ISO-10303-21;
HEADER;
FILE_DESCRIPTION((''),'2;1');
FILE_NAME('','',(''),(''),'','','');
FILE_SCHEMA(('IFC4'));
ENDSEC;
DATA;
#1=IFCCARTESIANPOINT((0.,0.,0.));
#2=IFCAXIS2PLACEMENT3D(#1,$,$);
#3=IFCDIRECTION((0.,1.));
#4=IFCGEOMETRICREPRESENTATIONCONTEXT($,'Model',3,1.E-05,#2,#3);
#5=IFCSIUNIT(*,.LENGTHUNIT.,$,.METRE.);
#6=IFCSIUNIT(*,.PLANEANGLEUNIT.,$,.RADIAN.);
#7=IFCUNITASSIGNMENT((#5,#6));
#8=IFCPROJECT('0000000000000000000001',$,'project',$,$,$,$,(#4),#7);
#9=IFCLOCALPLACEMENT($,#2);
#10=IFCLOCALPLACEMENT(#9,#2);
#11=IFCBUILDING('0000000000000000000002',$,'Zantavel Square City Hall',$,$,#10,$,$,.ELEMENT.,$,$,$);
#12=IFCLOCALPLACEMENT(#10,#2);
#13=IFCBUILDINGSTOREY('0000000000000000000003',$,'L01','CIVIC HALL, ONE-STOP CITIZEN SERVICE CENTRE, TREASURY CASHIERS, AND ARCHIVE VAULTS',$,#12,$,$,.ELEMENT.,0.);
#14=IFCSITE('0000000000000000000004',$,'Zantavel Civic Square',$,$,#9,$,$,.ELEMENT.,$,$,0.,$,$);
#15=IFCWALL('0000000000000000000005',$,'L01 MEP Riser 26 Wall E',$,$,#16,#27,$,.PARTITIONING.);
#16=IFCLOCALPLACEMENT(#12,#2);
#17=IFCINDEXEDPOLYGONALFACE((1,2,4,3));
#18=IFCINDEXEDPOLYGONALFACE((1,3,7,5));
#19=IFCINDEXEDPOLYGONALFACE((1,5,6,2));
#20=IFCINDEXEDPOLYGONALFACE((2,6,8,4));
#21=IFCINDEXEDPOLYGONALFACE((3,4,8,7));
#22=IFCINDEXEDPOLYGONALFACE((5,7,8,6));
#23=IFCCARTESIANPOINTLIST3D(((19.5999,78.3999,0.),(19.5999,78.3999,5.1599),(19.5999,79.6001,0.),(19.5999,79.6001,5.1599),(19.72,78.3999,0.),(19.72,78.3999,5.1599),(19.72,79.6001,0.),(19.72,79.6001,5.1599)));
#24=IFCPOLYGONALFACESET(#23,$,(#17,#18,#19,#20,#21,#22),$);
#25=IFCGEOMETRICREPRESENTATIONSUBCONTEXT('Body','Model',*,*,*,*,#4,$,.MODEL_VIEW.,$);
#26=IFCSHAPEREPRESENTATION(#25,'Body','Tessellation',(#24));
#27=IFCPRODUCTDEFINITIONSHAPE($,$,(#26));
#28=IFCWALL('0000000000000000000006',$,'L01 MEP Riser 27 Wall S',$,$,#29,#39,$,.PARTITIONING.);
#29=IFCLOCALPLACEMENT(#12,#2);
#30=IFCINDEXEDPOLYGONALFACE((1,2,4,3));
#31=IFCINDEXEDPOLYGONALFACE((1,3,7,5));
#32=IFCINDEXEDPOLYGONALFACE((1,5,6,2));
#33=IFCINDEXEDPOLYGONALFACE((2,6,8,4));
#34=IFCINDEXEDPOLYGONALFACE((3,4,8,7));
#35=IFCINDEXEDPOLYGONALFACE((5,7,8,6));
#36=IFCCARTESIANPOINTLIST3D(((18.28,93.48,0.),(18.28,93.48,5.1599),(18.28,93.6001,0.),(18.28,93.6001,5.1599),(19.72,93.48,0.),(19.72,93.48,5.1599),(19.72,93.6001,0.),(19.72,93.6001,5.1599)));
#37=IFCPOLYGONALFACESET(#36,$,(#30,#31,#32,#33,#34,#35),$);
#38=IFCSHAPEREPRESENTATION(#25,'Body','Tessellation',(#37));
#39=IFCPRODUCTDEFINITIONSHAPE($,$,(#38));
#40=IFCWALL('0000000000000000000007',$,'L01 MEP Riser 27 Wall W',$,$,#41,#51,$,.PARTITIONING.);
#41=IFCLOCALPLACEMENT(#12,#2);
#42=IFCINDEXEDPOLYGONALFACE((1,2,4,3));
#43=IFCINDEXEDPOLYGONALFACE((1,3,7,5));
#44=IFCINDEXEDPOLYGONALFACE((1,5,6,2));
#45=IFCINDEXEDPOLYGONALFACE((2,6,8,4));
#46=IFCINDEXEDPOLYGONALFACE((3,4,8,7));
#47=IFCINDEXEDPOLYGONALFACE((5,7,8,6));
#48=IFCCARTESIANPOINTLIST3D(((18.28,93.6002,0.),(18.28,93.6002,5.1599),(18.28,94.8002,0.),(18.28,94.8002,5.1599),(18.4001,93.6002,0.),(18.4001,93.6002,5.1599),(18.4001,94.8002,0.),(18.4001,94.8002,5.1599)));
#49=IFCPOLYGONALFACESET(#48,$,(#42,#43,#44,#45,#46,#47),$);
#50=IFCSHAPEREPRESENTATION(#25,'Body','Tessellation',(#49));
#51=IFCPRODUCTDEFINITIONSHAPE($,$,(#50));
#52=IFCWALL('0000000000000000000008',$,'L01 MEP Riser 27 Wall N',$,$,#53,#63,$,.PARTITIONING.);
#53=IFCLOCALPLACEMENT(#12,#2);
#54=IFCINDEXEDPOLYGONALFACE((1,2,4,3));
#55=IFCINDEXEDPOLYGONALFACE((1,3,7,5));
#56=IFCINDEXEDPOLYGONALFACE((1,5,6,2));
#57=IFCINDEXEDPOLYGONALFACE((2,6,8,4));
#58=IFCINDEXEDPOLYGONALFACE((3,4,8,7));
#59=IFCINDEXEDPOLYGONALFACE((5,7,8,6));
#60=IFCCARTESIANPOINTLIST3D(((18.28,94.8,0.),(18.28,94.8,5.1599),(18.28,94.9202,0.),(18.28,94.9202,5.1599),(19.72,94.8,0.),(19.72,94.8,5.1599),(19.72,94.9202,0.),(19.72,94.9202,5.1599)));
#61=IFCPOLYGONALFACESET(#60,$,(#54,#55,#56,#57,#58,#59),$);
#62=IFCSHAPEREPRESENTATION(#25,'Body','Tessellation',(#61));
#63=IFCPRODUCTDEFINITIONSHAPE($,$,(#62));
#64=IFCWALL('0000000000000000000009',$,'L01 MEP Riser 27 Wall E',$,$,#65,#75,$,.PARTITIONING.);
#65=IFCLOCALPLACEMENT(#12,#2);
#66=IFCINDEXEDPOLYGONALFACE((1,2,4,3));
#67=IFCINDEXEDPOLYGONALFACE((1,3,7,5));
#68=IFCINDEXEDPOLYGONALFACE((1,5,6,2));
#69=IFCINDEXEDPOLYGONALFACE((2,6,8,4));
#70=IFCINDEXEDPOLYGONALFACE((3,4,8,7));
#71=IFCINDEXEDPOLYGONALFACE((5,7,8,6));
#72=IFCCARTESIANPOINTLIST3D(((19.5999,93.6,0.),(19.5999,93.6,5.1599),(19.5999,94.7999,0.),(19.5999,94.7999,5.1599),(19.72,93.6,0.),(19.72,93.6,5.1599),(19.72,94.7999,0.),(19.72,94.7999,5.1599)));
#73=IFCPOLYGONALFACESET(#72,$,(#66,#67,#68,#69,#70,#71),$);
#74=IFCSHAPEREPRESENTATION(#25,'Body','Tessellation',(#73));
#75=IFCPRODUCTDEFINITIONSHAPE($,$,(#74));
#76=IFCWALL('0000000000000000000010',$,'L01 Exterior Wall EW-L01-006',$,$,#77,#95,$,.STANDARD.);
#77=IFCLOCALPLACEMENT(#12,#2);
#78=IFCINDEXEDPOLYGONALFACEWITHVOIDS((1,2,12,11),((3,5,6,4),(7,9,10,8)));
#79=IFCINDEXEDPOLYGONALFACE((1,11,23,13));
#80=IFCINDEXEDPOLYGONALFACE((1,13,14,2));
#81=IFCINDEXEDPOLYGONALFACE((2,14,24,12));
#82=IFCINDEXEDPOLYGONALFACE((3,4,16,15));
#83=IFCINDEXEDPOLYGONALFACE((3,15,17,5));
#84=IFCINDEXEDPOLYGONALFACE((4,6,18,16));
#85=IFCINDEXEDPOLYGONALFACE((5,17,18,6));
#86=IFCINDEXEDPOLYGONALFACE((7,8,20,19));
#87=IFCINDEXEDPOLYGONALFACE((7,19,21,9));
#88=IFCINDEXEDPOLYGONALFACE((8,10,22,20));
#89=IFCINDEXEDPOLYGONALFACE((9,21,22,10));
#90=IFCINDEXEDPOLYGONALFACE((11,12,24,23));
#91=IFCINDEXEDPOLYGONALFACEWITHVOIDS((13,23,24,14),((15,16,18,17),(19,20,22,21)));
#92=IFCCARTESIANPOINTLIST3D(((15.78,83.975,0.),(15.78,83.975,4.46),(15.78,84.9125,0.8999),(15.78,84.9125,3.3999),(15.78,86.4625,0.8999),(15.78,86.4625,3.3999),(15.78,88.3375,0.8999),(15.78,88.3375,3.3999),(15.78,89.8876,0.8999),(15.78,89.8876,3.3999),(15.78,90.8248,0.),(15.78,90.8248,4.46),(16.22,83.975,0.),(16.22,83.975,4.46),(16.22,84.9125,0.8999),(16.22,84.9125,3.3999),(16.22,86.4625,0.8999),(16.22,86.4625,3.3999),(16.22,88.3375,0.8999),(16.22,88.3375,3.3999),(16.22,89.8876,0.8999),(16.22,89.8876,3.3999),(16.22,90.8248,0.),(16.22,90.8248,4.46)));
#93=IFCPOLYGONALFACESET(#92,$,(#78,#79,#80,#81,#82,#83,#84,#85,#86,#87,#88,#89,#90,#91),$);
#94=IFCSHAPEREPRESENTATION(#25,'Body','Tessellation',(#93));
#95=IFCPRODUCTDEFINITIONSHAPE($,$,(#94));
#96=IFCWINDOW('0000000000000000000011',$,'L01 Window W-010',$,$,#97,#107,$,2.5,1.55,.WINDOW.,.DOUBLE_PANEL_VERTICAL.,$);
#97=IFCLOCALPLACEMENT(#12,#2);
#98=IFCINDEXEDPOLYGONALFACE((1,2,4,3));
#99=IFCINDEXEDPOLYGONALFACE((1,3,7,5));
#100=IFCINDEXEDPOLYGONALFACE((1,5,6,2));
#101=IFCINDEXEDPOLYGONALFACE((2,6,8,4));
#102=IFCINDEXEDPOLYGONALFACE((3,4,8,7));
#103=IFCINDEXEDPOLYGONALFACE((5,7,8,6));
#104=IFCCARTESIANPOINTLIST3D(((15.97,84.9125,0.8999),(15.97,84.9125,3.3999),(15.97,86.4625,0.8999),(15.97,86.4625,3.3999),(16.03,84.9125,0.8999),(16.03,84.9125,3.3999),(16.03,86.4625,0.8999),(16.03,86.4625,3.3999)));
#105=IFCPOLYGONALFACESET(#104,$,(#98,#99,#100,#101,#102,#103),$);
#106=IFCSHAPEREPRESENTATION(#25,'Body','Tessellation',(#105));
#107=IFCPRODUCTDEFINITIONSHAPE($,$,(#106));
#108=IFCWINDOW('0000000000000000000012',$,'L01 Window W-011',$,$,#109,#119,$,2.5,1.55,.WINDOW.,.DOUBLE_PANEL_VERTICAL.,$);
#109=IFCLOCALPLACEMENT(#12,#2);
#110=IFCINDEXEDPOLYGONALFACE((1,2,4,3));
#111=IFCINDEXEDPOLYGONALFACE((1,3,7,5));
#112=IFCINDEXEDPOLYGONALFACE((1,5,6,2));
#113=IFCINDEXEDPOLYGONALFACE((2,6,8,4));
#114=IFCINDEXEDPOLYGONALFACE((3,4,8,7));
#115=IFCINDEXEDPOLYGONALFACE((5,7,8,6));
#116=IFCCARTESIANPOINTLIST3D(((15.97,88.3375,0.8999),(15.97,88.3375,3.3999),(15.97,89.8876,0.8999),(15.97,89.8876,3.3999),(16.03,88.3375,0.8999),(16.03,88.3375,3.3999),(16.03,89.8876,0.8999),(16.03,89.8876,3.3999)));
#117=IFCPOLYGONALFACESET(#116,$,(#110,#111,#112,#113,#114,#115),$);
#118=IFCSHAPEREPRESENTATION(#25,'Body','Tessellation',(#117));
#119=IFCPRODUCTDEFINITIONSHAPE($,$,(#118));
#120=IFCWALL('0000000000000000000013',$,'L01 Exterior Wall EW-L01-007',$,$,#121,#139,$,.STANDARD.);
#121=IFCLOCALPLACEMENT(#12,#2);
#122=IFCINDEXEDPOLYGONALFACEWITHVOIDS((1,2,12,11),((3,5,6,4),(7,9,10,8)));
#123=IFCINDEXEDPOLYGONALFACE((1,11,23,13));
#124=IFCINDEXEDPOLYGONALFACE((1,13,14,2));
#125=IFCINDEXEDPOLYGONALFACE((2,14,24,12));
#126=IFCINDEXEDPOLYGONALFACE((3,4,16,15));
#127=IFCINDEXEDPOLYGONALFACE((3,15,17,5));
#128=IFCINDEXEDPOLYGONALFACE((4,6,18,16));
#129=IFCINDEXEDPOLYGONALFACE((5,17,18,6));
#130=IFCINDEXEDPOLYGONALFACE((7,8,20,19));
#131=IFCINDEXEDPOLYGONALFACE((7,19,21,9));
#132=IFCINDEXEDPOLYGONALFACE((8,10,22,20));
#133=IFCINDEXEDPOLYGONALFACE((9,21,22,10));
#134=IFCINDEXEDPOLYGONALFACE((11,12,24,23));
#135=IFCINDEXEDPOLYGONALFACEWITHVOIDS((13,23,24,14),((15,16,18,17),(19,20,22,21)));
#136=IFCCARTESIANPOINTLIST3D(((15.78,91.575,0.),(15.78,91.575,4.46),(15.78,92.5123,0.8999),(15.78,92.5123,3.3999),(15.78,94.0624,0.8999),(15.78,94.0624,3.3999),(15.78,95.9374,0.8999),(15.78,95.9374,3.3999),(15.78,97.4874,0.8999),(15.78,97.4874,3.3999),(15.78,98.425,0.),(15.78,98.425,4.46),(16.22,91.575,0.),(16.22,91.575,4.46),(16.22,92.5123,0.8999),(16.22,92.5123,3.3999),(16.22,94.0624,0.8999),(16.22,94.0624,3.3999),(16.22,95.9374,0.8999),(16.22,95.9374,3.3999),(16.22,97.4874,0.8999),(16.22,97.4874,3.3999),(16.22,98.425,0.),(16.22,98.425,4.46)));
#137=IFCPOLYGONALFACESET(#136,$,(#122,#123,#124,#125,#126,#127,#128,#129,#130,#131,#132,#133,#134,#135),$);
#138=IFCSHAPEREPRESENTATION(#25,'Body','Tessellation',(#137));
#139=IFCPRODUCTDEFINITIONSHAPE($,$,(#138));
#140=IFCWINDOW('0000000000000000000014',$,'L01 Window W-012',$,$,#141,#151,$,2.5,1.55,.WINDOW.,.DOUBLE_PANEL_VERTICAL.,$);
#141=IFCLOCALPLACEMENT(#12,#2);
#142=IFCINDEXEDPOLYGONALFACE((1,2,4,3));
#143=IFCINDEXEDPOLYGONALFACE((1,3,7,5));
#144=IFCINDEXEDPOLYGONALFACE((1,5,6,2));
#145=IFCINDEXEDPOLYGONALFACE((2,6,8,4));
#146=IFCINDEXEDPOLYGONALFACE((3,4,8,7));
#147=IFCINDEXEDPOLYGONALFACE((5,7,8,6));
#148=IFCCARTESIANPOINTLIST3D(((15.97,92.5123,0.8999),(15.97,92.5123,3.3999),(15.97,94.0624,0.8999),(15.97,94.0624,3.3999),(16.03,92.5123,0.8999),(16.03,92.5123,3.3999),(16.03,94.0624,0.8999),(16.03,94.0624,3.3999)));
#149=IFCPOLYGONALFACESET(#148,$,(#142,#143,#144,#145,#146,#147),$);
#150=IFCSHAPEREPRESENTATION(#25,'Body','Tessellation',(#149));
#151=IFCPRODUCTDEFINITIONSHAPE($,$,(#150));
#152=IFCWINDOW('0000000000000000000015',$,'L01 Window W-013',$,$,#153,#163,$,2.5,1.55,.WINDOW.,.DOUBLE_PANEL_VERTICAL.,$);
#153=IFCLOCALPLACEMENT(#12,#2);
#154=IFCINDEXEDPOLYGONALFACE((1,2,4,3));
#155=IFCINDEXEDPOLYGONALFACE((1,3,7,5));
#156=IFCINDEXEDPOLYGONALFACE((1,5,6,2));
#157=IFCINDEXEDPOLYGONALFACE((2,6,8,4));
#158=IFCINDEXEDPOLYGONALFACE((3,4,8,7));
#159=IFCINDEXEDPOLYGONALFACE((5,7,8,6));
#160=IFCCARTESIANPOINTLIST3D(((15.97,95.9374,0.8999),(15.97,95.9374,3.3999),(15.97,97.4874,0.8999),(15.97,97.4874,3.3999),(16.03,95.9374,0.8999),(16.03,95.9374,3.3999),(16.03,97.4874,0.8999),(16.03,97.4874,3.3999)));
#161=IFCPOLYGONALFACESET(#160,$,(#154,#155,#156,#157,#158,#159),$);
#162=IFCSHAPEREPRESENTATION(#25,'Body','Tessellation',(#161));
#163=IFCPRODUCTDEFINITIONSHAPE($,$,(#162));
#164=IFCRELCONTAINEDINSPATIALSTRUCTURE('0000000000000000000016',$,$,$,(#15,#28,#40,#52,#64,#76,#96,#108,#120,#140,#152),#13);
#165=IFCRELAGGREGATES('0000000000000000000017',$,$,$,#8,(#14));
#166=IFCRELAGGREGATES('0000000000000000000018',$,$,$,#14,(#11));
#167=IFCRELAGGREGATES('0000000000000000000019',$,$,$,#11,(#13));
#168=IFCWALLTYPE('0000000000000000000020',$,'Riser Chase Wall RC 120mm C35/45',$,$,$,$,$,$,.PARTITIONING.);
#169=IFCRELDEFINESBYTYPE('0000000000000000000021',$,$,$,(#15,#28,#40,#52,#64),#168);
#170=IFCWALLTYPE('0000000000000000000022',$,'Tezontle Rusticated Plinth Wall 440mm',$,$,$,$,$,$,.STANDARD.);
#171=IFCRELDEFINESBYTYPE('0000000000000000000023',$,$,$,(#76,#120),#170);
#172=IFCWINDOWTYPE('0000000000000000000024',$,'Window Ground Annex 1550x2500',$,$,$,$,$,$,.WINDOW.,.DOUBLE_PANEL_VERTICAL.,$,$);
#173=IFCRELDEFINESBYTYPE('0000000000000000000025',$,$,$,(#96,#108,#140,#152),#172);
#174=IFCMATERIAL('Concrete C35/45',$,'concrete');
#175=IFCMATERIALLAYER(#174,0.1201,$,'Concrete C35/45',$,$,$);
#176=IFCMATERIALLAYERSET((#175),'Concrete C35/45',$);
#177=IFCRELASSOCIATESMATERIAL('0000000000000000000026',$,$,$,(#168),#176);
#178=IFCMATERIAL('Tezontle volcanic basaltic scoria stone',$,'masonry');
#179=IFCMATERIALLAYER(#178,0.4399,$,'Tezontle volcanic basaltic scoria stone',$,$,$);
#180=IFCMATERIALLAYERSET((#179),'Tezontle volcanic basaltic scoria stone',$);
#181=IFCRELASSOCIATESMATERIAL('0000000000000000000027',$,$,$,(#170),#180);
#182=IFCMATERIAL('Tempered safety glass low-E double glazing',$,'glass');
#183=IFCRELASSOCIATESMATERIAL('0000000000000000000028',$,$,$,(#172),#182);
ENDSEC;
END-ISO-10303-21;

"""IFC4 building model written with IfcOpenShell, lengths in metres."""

from ifc_helpers import new_model, si_unit, direction, frame, frame_2d, origin, place, context, subcontext, project, spatial, rectangle, extrude, material, layer, layer_set, type_object, element, fill, save


model = new_model("IFC4")

# Units and contexts
model_context = context("Model", 3, precision=1e-05, world=origin(), true_north=direction((0.0, 1.0)))
body_context = subcontext(model_context, "Body", "Model", "MODEL_VIEW")
ifc_project = project(units=[si_unit("LENGTHUNIT", "METRE"), si_unit("PLANEANGLEUNIT", "RADIAN")], contexts=[model_context])

# Site, building, storey
site_placement = place(None, origin())
site = spatial("IfcSite", under=ifc_project, at=site_placement, Name="Zantavel Civic Square", CompositionType="ELEMENT", RefElevation=0.0)
building_placement = place(site_placement, origin())
building = spatial("IfcBuilding", under=site, at=building_placement, Name="Zantavel Square City Hall", CompositionType="ELEMENT")
storey_placement = place(building_placement, origin())
storey = spatial("IfcBuildingStorey", under=building, at=storey_placement, Name="L01", Description="CIVIC HALL, ONE-STOP CITIZEN SERVICE CENTRE, TREASURY CASHIERS, AND ARCHIVE VAULTS", CompositionType="ELEMENT", Elevation=0.0)

# Shared definitions
ifc_material_1 = material(Name="Concrete C35/45", Category="concrete")

# Walls
ifc_layer_1 = layer(ifc_material_1, 0.1201, Name="Concrete C35/45")
ifc_layer_set_1 = layer_set([ifc_layer_1], Name="Concrete C35/45")
wall_type_1 = type_object("IfcWallType", Name="Riser Chase Wall RC 120mm C35/45", PredefinedType="PARTITIONING", material=ifc_layer_set_1)
wall_1_placement = place(storey_placement, frame((19.6599, 79.6001, 0.0), z_axis=(0.0, 0.0, 1.0), x_axis=(0.0, -1.0, 0.0)))
element("IfcWall", 1, at=wall_1_placement, inside=storey, type_object=wall_type_1, Name="L01 MEP Riser 26 Wall E", PredefinedType="PARTITIONING", context=body_context, shape_type="SweptSolid", body=[
    extrude(rectangle(XDim=1.2002, YDim=0.1201, at=frame_2d((0.6001, 0.0))), origin(), (0.0, 0.0, 1.0), 5.1599),
])
wall_2_placement = place(storey_placement, frame((19.72, 93.54, 0.0), z_axis=(0.0, 0.0, 1.0), x_axis=(-1.0, 0.0, 0.0)))
element("IfcWall", 2, at=wall_2_placement, inside=storey, type_object=wall_type_1, Name="L01 MEP Riser 27 Wall S", PredefinedType="PARTITIONING", context=body_context, shape_type="SweptSolid", body=[
    extrude(rectangle(XDim=1.4399, YDim=0.1201, at=frame_2d((0.72, 0.0))), origin(), (0.0, 0.0, 1.0), 5.1599),
])
wall_3_placement = place(storey_placement, frame((18.3401, 93.6001, 0.0), z_axis=(0.0, 0.0, 1.0), x_axis=(0.0, 1.0, 0.0)))
element("IfcWall", 3, at=wall_3_placement, inside=storey, type_object=wall_type_1, Name="L01 MEP Riser 27 Wall W", PredefinedType="PARTITIONING", context=body_context, shape_type="SweptSolid", body=[
    extrude(rectangle(XDim=1.2, YDim=0.1201, at=frame_2d((0.6001, 0.0))), origin(), (0.0, 0.0, 1.0), 5.1599),
])
wall_4_placement = place(storey_placement, frame((18.28, 94.8601, 0.0), z_axis=(0.0, 0.0, 1.0), x_axis=(1.0, 0.0, 0.0)))
element("IfcWall", 4, at=wall_4_placement, inside=storey, type_object=wall_type_1, Name="L01 MEP Riser 27 Wall N", PredefinedType="PARTITIONING", context=body_context, shape_type="SweptSolid", body=[
    extrude(rectangle(XDim=1.4399, YDim=0.1201, at=frame_2d((0.72, 0.0))), origin(), (0.0, 0.0, 1.0), 5.1599),
])
wall_5_placement = place(storey_placement, frame((19.6599, 94.8, 0.0), z_axis=(0.0, 0.0, 1.0), x_axis=(0.0, -1.0, 0.0)))
element("IfcWall", 5, at=wall_5_placement, inside=storey, type_object=wall_type_1, Name="L01 MEP Riser 27 Wall E", PredefinedType="PARTITIONING", context=body_context, shape_type="SweptSolid", body=[
    extrude(rectangle(XDim=1.2, YDim=0.1201, at=frame_2d((0.6001, 0.0))), origin(), (0.0, 0.0, 1.0), 5.1599),
])

# Walls, openings, windows
ifc_material_2 = material(Name="Tezontle volcanic basaltic scoria stone", Category="masonry")
ifc_layer_2 = layer(ifc_material_2, 0.4399, Name="Tezontle volcanic basaltic scoria stone")
ifc_layer_set_2 = layer_set([ifc_layer_2], Name="Tezontle volcanic basaltic scoria stone")
wall_type_2 = type_object("IfcWallType", Name="Tezontle Rusticated Plinth Wall 440mm", PredefinedType="STANDARD", material=ifc_layer_set_2)
wall_6_placement = place(storey_placement, frame((16.0, 83.9751, 0.0), z_axis=(0.0, 0.0, 1.0), x_axis=(0.0, 1.0, 0.0)))
wall_6 = element("IfcWall", 6, at=wall_6_placement, inside=storey, type_object=wall_type_2, Name="L01 Exterior Wall EW-L01-006", PredefinedType="STANDARD", context=body_context, shape_type="SweptSolid", body=[
    extrude(rectangle(XDim=6.8499, YDim=0.4399, at=frame_2d((3.4248, 0.0))), origin(), (0.0, 0.0, 1.0), 4.46),
])
opening_1_placement = place(wall_6_placement, frame((0.9375, 0.0, 0.8999)))
opening_1 = element("IfcOpeningElement", 7, at=opening_1_placement, cuts=wall_6, PredefinedType="OPENING", context=body_context, shape_type="SweptSolid", body=[
    extrude(rectangle(XDim=1.55, YDim=2.5, at=frame_2d((0.7749, 1.25))), frame((0.0, 0.23, 0.0), z_axis=(0.0, -1.0, 0.0), x_axis=(1.0, 0.0, 0.0)), (0.0, 0.0, 1.0), 0.46),
])
opening_2_placement = place(wall_6_placement, frame((4.3625, 0.0, 0.8999)))
opening_2 = element("IfcOpeningElement", 8, at=opening_2_placement, cuts=wall_6, PredefinedType="OPENING", context=body_context, shape_type="SweptSolid", body=[
    extrude(rectangle(XDim=1.55, YDim=2.5, at=frame_2d((0.7749, 1.25))), frame((0.0, 0.23, 0.0), z_axis=(0.0, -1.0, 0.0), x_axis=(1.0, 0.0, 0.0)), (0.0, 0.0, 1.0), 0.46),
])
ifc_material_3 = material(Name="Tempered safety glass low-E double glazing", Category="glass")
window_type = type_object("IfcWindowType", Name="Window Ground Annex 1550x2500", PartitioningType="DOUBLE_PANEL_VERTICAL", PredefinedType="WINDOW", material=ifc_material_3)
window_1_placement = place(opening_1_placement, origin())
window_1 = element("IfcWindow", 9, at=window_1_placement, inside=storey, type_object=window_type, Name="L01 Window W-010", OverallHeight=2.5, OverallWidth=1.55, PartitioningType="DOUBLE_PANEL_VERTICAL", PredefinedType="WINDOW", context=body_context, shape_type="SweptSolid", body=[
    extrude(rectangle(XDim=1.55, YDim=2.5, at=frame_2d((0.7749, 1.25))), frame((0.0, 0.03, 0.0), z_axis=(0.0, -1.0, 0.0), x_axis=(1.0, 0.0, 0.0)), (0.0, 0.0, 1.0), 0.0601),
])
fill(opening_1, window_1)
window_2_placement = place(opening_2_placement, origin())
window_2 = element("IfcWindow", 10, at=window_2_placement, inside=storey, type_object=window_type, Name="L01 Window W-011", OverallHeight=2.5, OverallWidth=1.55, PartitioningType="DOUBLE_PANEL_VERTICAL", PredefinedType="WINDOW", context=body_context, shape_type="SweptSolid", body=[
    extrude(rectangle(XDim=1.55, YDim=2.5, at=frame_2d((0.7749, 1.25))), frame((0.0, 0.03, 0.0), z_axis=(0.0, -1.0, 0.0), x_axis=(1.0, 0.0, 0.0)), (0.0, 0.0, 1.0), 0.0601),
])
fill(opening_2, window_2)
wall_7_placement = place(storey_placement, frame((16.0, 91.575, 0.0), z_axis=(0.0, 0.0, 1.0), x_axis=(0.0, 1.0, 0.0)))
wall_7 = element("IfcWall", 11, at=wall_7_placement, inside=storey, type_object=wall_type_2, Name="L01 Exterior Wall EW-L01-007", PredefinedType="STANDARD", context=body_context, shape_type="SweptSolid", body=[
    extrude(rectangle(XDim=6.8501, YDim=0.4399, at=frame_2d((3.425, 0.0))), origin(), (0.0, 0.0, 1.0), 4.46),
])
opening_3_placement = place(wall_7_placement, frame((0.9375, 0.0, 0.8999)))
opening_3 = element("IfcOpeningElement", 12, at=opening_3_placement, cuts=wall_7, PredefinedType="OPENING", context=body_context, shape_type="SweptSolid", body=[
    extrude(rectangle(XDim=1.55, YDim=2.5, at=frame_2d((0.7749, 1.25))), frame((0.0, 0.23, 0.0), z_axis=(0.0, -1.0, 0.0), x_axis=(1.0, 0.0, 0.0)), (0.0, 0.0, 1.0), 0.46),
])
opening_4_placement = place(wall_7_placement, frame((4.3625, 0.0, 0.8999)))
opening_4 = element("IfcOpeningElement", 13, at=opening_4_placement, cuts=wall_7, PredefinedType="OPENING", context=body_context, shape_type="SweptSolid", body=[
    extrude(rectangle(XDim=1.55, YDim=2.5, at=frame_2d((0.7749, 1.25))), frame((0.0, 0.23, 0.0), z_axis=(0.0, -1.0, 0.0), x_axis=(1.0, 0.0, 0.0)), (0.0, 0.0, 1.0), 0.46),
])
window_3_placement = place(opening_3_placement, origin())
window_3 = element("IfcWindow", 14, at=window_3_placement, inside=storey, type_object=window_type, Name="L01 Window W-012", OverallHeight=2.5, OverallWidth=1.55, PartitioningType="DOUBLE_PANEL_VERTICAL", PredefinedType="WINDOW", context=body_context, shape_type="SweptSolid", body=[
    extrude(rectangle(XDim=1.55, YDim=2.5, at=frame_2d((0.7749, 1.25))), frame((0.0, 0.03, 0.0), z_axis=(0.0, -1.0, 0.0), x_axis=(1.0, 0.0, 0.0)), (0.0, 0.0, 1.0), 0.0601),
])
fill(opening_3, window_3)
window_4_placement = place(opening_4_placement, origin())
window_4 = element("IfcWindow", 15, at=window_4_placement, inside=storey, type_object=window_type, Name="L01 Window W-013", OverallHeight=2.5, OverallWidth=1.55, PartitioningType="DOUBLE_PANEL_VERTICAL", PredefinedType="WINDOW", context=body_context, shape_type="SweptSolid", body=[
    extrude(rectangle(XDim=1.55, YDim=2.5, at=frame_2d((0.7749, 1.25))), frame((0.0, 0.03, 0.0), z_axis=(0.0, -1.0, 0.0), x_axis=(1.0, 0.0, 0.0)), (0.0, 0.0, 1.0), 0.0601),
])
fill(opening_4, window_4)

save(model, "model.ifc")
